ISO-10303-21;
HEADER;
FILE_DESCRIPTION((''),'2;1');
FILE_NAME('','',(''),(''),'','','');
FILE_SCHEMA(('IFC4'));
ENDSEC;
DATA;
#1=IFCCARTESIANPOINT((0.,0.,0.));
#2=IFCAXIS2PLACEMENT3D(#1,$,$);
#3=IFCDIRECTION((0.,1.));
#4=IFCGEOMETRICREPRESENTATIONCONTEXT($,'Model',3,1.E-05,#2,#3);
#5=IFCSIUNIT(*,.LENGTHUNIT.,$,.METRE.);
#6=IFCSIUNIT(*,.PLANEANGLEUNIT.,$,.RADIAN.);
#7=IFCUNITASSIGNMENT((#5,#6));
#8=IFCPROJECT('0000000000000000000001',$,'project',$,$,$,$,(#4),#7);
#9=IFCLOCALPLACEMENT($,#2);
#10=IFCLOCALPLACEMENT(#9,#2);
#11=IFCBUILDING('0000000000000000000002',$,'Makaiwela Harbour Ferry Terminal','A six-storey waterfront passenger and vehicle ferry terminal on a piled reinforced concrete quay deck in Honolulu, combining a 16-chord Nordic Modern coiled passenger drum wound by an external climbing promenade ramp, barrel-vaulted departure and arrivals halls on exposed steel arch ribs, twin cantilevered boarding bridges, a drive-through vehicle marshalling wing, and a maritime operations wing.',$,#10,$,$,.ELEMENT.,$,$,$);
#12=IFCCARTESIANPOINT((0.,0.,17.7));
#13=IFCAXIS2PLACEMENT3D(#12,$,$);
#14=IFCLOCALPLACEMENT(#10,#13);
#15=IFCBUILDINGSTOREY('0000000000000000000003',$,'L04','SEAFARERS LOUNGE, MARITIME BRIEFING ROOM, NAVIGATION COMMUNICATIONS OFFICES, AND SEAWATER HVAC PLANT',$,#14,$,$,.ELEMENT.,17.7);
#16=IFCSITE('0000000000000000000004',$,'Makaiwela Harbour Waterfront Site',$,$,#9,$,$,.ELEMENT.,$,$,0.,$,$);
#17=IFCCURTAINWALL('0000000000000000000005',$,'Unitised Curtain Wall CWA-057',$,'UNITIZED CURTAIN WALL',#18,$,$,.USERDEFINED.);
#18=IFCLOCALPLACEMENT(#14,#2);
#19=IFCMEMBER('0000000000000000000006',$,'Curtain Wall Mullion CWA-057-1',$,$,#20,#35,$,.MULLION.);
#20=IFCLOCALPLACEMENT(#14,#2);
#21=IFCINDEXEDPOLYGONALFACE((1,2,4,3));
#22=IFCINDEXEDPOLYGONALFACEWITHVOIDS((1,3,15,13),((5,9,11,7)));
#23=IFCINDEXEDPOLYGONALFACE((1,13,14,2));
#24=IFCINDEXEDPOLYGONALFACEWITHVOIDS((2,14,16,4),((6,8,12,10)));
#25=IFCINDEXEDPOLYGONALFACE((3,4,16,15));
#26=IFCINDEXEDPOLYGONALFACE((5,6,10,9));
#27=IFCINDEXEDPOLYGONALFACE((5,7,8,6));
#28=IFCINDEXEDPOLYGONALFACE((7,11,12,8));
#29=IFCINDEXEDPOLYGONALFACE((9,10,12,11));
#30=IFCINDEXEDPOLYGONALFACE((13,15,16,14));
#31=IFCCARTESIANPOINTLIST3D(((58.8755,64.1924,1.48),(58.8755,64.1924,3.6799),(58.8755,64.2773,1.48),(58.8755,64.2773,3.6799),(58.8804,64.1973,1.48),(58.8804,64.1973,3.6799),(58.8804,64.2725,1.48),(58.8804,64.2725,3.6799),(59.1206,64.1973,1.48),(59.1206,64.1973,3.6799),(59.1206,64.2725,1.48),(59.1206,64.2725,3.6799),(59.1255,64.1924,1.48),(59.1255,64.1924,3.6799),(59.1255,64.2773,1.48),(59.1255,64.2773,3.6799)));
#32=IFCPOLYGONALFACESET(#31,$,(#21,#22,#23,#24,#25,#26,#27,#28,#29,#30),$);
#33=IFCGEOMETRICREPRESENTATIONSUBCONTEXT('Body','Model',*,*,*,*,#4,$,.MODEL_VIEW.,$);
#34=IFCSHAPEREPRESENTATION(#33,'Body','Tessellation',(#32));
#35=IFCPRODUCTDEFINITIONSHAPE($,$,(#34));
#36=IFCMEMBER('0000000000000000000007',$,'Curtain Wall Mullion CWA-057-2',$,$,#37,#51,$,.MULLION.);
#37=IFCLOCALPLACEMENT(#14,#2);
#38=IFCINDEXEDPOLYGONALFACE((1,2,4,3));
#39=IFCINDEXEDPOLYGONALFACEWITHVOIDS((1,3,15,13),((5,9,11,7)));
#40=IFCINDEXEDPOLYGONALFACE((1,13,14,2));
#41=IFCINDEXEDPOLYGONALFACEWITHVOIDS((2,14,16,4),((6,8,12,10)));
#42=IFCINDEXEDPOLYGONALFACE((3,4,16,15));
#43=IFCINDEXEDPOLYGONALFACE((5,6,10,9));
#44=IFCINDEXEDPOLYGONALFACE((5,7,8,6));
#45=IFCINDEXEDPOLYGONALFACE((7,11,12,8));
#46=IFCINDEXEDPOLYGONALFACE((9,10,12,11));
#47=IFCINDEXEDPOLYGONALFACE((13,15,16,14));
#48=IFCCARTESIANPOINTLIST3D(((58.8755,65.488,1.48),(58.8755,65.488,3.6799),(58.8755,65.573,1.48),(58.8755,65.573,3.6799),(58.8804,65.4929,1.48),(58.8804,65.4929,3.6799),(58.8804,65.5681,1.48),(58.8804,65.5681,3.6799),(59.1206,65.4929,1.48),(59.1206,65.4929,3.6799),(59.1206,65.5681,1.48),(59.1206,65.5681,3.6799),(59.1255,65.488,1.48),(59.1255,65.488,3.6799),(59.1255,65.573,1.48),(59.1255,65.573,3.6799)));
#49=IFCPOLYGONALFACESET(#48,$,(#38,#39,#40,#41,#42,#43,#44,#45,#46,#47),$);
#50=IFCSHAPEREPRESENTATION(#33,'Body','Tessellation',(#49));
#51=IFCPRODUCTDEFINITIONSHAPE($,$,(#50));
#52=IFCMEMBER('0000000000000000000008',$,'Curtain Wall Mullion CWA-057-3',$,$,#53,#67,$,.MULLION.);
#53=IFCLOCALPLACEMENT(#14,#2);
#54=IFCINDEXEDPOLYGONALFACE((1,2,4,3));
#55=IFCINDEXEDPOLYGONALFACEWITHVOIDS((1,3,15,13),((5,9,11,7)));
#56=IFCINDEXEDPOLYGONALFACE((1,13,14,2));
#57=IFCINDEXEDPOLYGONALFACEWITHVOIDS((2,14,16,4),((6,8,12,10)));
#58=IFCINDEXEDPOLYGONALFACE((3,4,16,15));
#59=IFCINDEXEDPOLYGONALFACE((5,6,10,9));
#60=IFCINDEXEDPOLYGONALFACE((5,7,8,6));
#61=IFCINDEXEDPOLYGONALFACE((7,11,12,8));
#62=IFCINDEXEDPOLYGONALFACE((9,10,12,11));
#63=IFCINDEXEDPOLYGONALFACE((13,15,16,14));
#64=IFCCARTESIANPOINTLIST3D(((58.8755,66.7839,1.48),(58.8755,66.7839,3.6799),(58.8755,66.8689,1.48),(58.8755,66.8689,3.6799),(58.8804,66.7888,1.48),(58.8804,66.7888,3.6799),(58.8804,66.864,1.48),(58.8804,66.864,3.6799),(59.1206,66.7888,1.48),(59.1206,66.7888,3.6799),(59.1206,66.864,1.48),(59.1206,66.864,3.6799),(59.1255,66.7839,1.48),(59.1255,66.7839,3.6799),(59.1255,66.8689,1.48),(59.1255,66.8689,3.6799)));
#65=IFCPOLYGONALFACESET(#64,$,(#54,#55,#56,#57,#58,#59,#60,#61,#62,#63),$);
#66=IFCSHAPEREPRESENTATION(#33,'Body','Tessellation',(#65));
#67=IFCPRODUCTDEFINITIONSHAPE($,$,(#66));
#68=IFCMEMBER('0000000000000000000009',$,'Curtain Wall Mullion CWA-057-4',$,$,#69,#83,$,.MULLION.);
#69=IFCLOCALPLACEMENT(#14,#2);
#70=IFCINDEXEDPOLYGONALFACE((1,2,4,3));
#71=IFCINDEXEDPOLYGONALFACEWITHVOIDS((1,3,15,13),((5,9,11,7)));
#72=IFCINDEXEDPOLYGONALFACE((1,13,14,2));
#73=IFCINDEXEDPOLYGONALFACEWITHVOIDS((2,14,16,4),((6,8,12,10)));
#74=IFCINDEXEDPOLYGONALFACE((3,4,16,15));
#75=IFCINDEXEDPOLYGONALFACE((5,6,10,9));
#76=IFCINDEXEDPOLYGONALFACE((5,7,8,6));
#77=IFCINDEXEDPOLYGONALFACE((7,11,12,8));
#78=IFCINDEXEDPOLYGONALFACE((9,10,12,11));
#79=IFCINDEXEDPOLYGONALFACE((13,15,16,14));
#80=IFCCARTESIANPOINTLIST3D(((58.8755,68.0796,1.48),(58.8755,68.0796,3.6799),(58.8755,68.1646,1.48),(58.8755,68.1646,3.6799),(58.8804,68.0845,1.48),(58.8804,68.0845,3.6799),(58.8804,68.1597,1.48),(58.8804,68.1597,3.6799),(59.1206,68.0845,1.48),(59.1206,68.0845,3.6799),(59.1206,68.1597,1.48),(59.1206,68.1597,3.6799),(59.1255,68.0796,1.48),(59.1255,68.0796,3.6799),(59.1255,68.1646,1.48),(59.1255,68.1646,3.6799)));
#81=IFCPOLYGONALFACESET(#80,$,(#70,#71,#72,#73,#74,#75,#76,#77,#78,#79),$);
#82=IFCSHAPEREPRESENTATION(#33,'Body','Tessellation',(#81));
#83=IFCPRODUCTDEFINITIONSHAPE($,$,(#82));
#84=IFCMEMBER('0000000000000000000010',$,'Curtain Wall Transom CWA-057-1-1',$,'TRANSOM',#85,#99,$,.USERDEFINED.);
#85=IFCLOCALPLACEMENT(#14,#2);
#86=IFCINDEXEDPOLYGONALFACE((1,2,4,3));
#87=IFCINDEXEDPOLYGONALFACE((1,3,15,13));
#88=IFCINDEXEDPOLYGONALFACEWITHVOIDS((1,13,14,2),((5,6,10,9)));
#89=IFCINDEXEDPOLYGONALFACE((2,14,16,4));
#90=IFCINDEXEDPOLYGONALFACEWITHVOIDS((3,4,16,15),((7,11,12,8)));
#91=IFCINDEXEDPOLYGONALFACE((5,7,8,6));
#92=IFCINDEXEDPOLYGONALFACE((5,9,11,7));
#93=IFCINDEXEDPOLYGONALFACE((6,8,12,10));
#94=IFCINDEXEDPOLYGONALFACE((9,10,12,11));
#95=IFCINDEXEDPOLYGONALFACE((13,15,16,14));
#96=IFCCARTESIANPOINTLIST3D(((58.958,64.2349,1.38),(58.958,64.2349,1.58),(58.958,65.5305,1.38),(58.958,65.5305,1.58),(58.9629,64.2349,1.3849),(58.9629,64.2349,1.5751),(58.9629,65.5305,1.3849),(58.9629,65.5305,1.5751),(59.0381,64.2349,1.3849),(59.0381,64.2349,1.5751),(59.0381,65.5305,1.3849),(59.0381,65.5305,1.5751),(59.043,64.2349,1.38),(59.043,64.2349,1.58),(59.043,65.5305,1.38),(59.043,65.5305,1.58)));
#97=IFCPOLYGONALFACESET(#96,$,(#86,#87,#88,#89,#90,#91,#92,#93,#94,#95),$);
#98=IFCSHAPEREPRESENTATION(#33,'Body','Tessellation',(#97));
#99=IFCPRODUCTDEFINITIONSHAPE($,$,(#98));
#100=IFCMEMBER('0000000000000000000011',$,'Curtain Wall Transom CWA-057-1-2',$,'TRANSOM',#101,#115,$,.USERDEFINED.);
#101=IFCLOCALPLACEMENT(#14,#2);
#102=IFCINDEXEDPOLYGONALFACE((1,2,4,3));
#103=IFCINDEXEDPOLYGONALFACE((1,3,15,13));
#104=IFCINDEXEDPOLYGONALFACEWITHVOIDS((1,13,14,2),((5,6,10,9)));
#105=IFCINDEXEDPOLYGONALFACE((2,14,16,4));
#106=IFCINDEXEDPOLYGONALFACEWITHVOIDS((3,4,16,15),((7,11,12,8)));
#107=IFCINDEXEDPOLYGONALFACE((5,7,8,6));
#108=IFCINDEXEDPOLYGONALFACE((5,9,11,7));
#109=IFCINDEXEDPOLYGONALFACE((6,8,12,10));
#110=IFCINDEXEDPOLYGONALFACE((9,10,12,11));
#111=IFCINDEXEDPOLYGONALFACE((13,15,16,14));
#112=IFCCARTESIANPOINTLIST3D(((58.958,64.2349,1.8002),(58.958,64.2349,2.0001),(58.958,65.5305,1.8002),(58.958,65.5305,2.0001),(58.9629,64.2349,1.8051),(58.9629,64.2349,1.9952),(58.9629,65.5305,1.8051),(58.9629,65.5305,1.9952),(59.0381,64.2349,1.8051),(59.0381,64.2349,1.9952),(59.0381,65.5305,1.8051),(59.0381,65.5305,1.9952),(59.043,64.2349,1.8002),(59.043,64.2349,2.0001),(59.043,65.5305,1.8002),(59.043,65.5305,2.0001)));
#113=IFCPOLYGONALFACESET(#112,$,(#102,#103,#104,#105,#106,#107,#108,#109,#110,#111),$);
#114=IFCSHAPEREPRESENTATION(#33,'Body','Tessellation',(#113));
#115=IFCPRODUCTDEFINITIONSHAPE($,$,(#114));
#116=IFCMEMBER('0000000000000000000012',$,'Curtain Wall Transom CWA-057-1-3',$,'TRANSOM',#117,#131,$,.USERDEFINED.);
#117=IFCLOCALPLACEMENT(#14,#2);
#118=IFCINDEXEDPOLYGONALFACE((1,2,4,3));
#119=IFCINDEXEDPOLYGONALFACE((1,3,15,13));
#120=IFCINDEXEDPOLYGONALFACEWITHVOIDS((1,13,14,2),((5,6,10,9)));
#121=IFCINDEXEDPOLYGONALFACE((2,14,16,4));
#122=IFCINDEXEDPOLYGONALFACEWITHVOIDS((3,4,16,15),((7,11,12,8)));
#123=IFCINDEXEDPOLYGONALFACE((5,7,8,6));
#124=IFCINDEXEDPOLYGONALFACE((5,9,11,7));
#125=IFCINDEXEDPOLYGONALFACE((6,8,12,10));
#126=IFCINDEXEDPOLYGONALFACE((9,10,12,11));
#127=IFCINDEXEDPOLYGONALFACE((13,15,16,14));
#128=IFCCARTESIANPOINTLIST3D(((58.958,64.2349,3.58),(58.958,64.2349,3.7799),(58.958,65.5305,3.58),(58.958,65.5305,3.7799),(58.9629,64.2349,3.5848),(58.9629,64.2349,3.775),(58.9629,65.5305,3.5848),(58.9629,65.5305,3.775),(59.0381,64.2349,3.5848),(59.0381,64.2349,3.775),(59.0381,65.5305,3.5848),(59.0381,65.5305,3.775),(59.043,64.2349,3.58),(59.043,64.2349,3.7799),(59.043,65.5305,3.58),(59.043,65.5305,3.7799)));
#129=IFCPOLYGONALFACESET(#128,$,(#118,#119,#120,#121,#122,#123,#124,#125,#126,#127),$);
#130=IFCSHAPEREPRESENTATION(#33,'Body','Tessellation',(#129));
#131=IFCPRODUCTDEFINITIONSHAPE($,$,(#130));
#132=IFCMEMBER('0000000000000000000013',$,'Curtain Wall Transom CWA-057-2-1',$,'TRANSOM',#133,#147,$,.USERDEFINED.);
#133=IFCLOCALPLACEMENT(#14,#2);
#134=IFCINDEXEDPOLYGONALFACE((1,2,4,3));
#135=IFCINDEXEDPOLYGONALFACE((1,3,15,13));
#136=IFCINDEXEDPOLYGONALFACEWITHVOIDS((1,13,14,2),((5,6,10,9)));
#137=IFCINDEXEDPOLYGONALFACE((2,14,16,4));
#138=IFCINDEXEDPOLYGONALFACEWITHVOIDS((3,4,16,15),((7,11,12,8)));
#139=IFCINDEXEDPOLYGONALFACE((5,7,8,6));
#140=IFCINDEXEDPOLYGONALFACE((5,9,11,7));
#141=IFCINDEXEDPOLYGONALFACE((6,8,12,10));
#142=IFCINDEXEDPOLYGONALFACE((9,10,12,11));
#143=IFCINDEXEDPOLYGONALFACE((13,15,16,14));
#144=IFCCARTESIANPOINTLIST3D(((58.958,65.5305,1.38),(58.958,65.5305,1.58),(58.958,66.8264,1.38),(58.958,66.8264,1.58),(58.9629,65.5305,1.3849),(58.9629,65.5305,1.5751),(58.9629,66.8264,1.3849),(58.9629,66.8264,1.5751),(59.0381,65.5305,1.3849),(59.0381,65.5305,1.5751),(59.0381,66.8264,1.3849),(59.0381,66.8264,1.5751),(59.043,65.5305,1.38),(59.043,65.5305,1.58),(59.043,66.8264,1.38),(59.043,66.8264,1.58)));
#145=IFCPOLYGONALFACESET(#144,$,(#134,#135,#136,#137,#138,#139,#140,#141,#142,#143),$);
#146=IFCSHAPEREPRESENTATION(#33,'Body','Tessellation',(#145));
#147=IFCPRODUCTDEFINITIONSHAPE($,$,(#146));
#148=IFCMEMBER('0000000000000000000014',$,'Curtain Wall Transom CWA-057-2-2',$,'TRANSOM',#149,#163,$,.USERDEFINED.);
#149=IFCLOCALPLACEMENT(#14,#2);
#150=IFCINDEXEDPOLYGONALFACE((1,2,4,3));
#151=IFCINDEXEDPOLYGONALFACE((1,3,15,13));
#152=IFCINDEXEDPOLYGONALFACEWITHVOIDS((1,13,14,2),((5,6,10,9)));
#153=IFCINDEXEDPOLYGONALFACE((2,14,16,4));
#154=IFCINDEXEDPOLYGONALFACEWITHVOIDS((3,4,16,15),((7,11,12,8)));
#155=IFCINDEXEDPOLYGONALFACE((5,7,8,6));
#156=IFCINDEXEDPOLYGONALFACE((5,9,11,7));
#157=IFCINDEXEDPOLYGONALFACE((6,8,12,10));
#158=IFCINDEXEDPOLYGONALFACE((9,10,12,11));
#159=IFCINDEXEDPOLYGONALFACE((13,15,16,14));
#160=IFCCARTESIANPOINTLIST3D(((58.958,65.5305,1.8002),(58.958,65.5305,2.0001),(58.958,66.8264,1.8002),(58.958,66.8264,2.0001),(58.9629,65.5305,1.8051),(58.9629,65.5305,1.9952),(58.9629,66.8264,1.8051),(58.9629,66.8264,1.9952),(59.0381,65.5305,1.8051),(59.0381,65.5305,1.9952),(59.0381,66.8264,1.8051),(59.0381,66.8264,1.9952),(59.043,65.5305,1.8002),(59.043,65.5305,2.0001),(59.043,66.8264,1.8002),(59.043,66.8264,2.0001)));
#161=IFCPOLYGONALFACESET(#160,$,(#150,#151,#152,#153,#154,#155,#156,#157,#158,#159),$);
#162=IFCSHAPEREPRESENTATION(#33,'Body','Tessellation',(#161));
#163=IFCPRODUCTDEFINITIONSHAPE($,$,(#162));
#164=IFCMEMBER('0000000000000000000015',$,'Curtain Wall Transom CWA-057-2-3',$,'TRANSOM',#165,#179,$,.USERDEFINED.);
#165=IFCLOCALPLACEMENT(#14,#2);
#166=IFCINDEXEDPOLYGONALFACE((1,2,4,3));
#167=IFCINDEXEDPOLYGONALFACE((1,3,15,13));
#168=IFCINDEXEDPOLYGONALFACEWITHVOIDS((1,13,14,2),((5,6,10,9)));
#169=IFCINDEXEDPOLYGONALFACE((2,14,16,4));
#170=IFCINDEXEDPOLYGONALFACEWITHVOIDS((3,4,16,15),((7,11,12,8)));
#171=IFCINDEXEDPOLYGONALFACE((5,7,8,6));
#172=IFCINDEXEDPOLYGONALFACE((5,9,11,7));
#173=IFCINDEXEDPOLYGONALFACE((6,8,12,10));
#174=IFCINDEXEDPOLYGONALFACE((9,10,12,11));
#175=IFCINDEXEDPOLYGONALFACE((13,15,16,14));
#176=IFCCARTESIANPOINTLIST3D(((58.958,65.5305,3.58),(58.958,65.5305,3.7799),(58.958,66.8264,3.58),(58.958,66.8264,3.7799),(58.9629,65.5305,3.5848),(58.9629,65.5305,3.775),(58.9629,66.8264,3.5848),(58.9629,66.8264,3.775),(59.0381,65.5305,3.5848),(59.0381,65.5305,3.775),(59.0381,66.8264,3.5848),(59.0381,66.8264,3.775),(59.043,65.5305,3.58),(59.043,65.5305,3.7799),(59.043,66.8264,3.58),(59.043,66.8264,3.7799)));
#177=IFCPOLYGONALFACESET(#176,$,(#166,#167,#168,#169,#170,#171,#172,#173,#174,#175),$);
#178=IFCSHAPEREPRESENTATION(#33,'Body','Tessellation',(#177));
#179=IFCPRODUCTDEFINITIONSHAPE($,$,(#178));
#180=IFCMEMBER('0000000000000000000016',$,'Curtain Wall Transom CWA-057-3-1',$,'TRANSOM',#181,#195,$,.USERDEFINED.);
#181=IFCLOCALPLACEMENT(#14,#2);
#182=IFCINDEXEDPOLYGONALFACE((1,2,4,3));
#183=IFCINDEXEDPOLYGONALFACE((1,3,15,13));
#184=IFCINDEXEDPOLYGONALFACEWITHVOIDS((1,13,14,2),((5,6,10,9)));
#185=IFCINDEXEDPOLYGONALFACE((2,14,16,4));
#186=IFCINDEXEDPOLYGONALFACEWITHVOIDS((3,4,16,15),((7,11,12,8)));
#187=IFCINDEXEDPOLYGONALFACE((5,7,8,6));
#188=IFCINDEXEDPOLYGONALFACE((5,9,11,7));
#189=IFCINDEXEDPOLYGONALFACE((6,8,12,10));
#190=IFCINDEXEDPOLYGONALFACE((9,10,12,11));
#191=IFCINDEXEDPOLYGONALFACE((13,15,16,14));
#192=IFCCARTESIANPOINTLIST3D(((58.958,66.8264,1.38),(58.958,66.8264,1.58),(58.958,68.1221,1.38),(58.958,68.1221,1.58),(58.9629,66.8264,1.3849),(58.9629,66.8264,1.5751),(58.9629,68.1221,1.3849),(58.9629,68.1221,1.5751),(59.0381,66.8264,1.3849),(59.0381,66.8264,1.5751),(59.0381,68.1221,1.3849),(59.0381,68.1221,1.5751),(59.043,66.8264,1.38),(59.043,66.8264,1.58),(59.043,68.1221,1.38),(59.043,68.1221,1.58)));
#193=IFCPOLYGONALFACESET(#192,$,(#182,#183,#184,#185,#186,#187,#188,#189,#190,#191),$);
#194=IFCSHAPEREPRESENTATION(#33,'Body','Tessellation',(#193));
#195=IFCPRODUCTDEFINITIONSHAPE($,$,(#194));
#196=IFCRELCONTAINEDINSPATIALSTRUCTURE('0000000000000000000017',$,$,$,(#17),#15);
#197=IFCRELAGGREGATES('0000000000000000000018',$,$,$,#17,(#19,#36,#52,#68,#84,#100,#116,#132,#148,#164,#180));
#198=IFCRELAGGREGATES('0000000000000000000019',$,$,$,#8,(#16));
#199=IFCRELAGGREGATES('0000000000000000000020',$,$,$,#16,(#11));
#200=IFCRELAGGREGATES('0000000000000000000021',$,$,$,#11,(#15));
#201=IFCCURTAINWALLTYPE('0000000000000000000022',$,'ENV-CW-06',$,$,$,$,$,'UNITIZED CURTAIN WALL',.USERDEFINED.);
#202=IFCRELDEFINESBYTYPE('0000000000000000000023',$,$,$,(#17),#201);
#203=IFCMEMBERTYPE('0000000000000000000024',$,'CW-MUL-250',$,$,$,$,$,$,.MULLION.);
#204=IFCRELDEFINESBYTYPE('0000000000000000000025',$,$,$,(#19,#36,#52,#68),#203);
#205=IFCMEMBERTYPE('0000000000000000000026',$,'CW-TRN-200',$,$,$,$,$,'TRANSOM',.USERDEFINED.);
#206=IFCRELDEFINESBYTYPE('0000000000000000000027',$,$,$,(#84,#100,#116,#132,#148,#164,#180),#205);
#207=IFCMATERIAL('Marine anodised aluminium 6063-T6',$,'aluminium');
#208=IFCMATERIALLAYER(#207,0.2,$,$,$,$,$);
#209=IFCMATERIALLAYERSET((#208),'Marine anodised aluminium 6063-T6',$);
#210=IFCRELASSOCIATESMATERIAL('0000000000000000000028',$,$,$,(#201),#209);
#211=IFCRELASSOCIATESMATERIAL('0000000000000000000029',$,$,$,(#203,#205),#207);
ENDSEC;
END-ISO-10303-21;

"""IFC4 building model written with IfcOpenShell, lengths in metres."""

from ifc_helpers import new_model, si_unit, direction, frame, origin, origin_2d, place, context, subcontext, project, spatial, hollow_rectangle, extrude, material, layer, layer_set, material_profile, profile_set, type_object, element, aggregate, save


model = new_model("IFC4")

# Units and contexts
model_context = context("Model", 3, precision=1e-05, world=origin(), true_north=direction((0.0, 1.0)))
body_context = subcontext(model_context, "Body", "Model", "MODEL_VIEW")
ifc_project = project(units=[si_unit("LENGTHUNIT", "METRE"), si_unit("PLANEANGLEUNIT", "RADIAN")], contexts=[model_context])

# Site, building, storey
site_placement = place(None, origin())
site = spatial("IfcSite", under=ifc_project, at=site_placement, Name="Makaiwela Harbour Waterfront Site", CompositionType="ELEMENT", RefElevation=0.0)
building_placement = place(site_placement, origin())
building = spatial("IfcBuilding", under=site, at=building_placement, Name="Makaiwela Harbour Ferry Terminal", Description="A six-storey waterfront passenger and vehicle ferry terminal on a piled reinforced concrete quay deck in Honolulu, combining a 16-chord Nordic Modern coiled passenger drum wound by an external climbing promenade ramp, barrel-vaulted departure and arrivals halls on exposed steel arch ribs, twin cantilevered boarding bridges, a drive-through vehicle marshalling wing, and a maritime operations wing.", CompositionType="ELEMENT")
storey_placement = place(building_placement, frame((0.0, 0.0, 17.7)))
storey = spatial("IfcBuildingStorey", under=building, at=storey_placement, Name="L04", Description="SEAFARERS LOUNGE, MARITIME BRIEFING ROOM, NAVIGATION COMMUNICATIONS OFFICES, AND SEAWATER HVAC PLANT", CompositionType="ELEMENT", Elevation=17.7)

# Curtain wall, members
ifc_material_1 = material(Name="Marine anodised aluminium 6063-T6", Category="aluminium")
ifc_layer_1 = layer(ifc_material_1, 0.2)
ifc_layer_set_1 = layer_set([ifc_layer_1], Name="Marine anodised aluminium 6063-T6")
curtain_wall_type = type_object("IfcCurtainWallType", Name="ENV-CW-06", ElementType="UNITIZED CURTAIN WALL", PredefinedType="USERDEFINED", material=ifc_layer_set_1)
curtain_wall_placement = place(storey_placement, origin())
curtain_wall = element("IfcCurtainWall", 1, at=curtain_wall_placement, inside=storey, type_object=curtain_wall_type, Name="Unitised Curtain Wall CWA-057", ObjectType="UNITIZED CURTAIN WALL", PredefinedType="USERDEFINED")
ifc_material_profile_1 = material_profile(ifc_material_1, hollow_rectangle(XDim=0.085, YDim=0.25, WallThickness=0.0049, at=origin_2d()), Name="CWM-250X85")
ifc_profile_set_1 = profile_set([ifc_material_profile_1], Name="Marine anodised aluminium 6063-T6")
member_type_1 = type_object("IfcMemberType", Name="CW-MUL-250", PredefinedType="MULLION", material=ifc_profile_set_1)
member_1_placement = place(storey_placement, frame((59.0005, 64.2349, 1.48), z_axis=(0.0, 0.0, 1.0), x_axis=(0.0, 1.0, 0.0)))
member_1 = element("IfcMember", 2, at=member_1_placement, type_object=member_type_1, Name="Curtain Wall Mullion CWA-057-1", PredefinedType="MULLION", context=body_context, shape_type="SweptSolid", body=[
    extrude(hollow_rectangle(XDim=0.085, YDim=0.25, WallThickness=0.0049, at=origin_2d()), origin(), (0.0, 0.0, 1.0), 2.2),
])
member_2_placement = place(storey_placement, frame((59.0005, 65.5305, 1.48), z_axis=(0.0, 0.0, 1.0), x_axis=(0.0, 1.0, 0.0)))
member_2 = element("IfcMember", 3, at=member_2_placement, type_object=member_type_1, Name="Curtain Wall Mullion CWA-057-2", PredefinedType="MULLION", context=body_context, shape_type="SweptSolid", body=[
    extrude(hollow_rectangle(XDim=0.085, YDim=0.25, WallThickness=0.0049, at=origin_2d()), origin(), (0.0, 0.0, 1.0), 2.2),
])
member_3_placement = place(storey_placement, frame((59.0005, 66.8264, 1.48), z_axis=(0.0, 0.0, 1.0), x_axis=(0.0, 1.0, 0.0)))
member_3 = element("IfcMember", 4, at=member_3_placement, type_object=member_type_1, Name="Curtain Wall Mullion CWA-057-3", PredefinedType="MULLION", context=body_context, shape_type="SweptSolid", body=[
    extrude(hollow_rectangle(XDim=0.085, YDim=0.25, WallThickness=0.0049, at=origin_2d()), origin(), (0.0, 0.0, 1.0), 2.2),
])
member_4_placement = place(storey_placement, frame((59.0005, 68.1221, 1.48), z_axis=(0.0, 0.0, 1.0), x_axis=(0.0, 1.0, 0.0)))
member_4 = element("IfcMember", 5, at=member_4_placement, type_object=member_type_1, Name="Curtain Wall Mullion CWA-057-4", PredefinedType="MULLION", context=body_context, shape_type="SweptSolid", body=[
    extrude(hollow_rectangle(XDim=0.085, YDim=0.25, WallThickness=0.0049, at=origin_2d()), origin(), (0.0, 0.0, 1.0), 2.2),
])
ifc_material_profile_2 = material_profile(ifc_material_1, hollow_rectangle(XDim=0.085, YDim=0.2, WallThickness=0.0049, at=origin_2d()), Name="CWT-200X85")
ifc_profile_set_2 = profile_set([ifc_material_profile_2], Name="Marine anodised aluminium 6063-T6")
member_type_2 = type_object("IfcMemberType", Name="CW-TRN-200", ElementType="TRANSOM", PredefinedType="USERDEFINED", material=ifc_profile_set_2)
member_5_placement = place(storey_placement, frame((59.0005, 64.2349, 1.48), z_axis=(0.0, 1.0, 0.0), x_axis=(-1.0, 0.0, 0.0)))
member_5 = element("IfcMember", 6, at=member_5_placement, type_object=member_type_2, Name="Curtain Wall Transom CWA-057-1-1", ObjectType="TRANSOM", PredefinedType="USERDEFINED", context=body_context, shape_type="SweptSolid", body=[
    extrude(hollow_rectangle(XDim=0.085, YDim=0.2, WallThickness=0.0049, at=origin_2d()), origin(), (0.0, 0.0, 1.0), 1.2957),
])
member_6_placement = place(storey_placement, frame((59.0005, 64.2349, 1.9001), z_axis=(0.0, 1.0, 0.0), x_axis=(-1.0, 0.0, 0.0)))
member_6 = element("IfcMember", 7, at=member_6_placement, type_object=member_type_2, Name="Curtain Wall Transom CWA-057-1-2", ObjectType="TRANSOM", PredefinedType="USERDEFINED", context=body_context, shape_type="SweptSolid", body=[
    extrude(hollow_rectangle(XDim=0.085, YDim=0.2, WallThickness=0.0049, at=origin_2d()), origin(), (0.0, 0.0, 1.0), 1.2957),
])
member_7_placement = place(storey_placement, frame((59.0005, 64.2349, 3.6799), z_axis=(0.0, 1.0, 0.0), x_axis=(-1.0, 0.0, 0.0)))
member_7 = element("IfcMember", 8, at=member_7_placement, type_object=member_type_2, Name="Curtain Wall Transom CWA-057-1-3", ObjectType="TRANSOM", PredefinedType="USERDEFINED", context=body_context, shape_type="SweptSolid", body=[
    extrude(hollow_rectangle(XDim=0.085, YDim=0.2, WallThickness=0.0049, at=origin_2d()), origin(), (0.0, 0.0, 1.0), 1.2957),
])
member_8_placement = place(storey_placement, frame((59.0005, 65.5305, 1.48), z_axis=(0.0, 1.0, 0.0), x_axis=(-1.0, 0.0, 0.0)))
member_8 = element("IfcMember", 9, at=member_8_placement, type_object=member_type_2, Name="Curtain Wall Transom CWA-057-2-1", ObjectType="TRANSOM", PredefinedType="USERDEFINED", context=body_context, shape_type="SweptSolid", body=[
    extrude(hollow_rectangle(XDim=0.085, YDim=0.2, WallThickness=0.0049, at=origin_2d()), origin(), (0.0, 0.0, 1.0), 1.2959),
])
member_9_placement = place(storey_placement, frame((59.0005, 65.5305, 1.9001), z_axis=(0.0, 1.0, 0.0), x_axis=(-1.0, 0.0, 0.0)))
member_9 = element("IfcMember", 10, at=member_9_placement, type_object=member_type_2, Name="Curtain Wall Transom CWA-057-2-2", ObjectType="TRANSOM", PredefinedType="USERDEFINED", context=body_context, shape_type="SweptSolid", body=[
    extrude(hollow_rectangle(XDim=0.085, YDim=0.2, WallThickness=0.0049, at=origin_2d()), origin(), (0.0, 0.0, 1.0), 1.2959),
])
member_10_placement = place(storey_placement, frame((59.0005, 65.5305, 3.6799), z_axis=(0.0, 1.0, 0.0), x_axis=(-1.0, 0.0, 0.0)))
member_10 = element("IfcMember", 11, at=member_10_placement, type_object=member_type_2, Name="Curtain Wall Transom CWA-057-2-3", ObjectType="TRANSOM", PredefinedType="USERDEFINED", context=body_context, shape_type="SweptSolid", body=[
    extrude(hollow_rectangle(XDim=0.085, YDim=0.2, WallThickness=0.0049, at=origin_2d()), origin(), (0.0, 0.0, 1.0), 1.2959),
])
member_11_placement = place(storey_placement, frame((59.0005, 66.8264, 1.48), z_axis=(0.0, 1.0, 0.0), x_axis=(-1.0, 0.0, 0.0)))
member_11 = element("IfcMember", 12, at=member_11_placement, type_object=member_type_2, Name="Curtain Wall Transom CWA-057-3-1", ObjectType="TRANSOM", PredefinedType="USERDEFINED", context=body_context, shape_type="SweptSolid", body=[
    extrude(hollow_rectangle(XDim=0.085, YDim=0.2, WallThickness=0.0049, at=origin_2d()), origin(), (0.0, 0.0, 1.0), 1.2957),
])

aggregate(curtain_wall, [member_1, member_2, member_3, member_4, member_5, member_6, member_7, member_8, member_9, member_10, member_11])

save(model, "model.ifc")
